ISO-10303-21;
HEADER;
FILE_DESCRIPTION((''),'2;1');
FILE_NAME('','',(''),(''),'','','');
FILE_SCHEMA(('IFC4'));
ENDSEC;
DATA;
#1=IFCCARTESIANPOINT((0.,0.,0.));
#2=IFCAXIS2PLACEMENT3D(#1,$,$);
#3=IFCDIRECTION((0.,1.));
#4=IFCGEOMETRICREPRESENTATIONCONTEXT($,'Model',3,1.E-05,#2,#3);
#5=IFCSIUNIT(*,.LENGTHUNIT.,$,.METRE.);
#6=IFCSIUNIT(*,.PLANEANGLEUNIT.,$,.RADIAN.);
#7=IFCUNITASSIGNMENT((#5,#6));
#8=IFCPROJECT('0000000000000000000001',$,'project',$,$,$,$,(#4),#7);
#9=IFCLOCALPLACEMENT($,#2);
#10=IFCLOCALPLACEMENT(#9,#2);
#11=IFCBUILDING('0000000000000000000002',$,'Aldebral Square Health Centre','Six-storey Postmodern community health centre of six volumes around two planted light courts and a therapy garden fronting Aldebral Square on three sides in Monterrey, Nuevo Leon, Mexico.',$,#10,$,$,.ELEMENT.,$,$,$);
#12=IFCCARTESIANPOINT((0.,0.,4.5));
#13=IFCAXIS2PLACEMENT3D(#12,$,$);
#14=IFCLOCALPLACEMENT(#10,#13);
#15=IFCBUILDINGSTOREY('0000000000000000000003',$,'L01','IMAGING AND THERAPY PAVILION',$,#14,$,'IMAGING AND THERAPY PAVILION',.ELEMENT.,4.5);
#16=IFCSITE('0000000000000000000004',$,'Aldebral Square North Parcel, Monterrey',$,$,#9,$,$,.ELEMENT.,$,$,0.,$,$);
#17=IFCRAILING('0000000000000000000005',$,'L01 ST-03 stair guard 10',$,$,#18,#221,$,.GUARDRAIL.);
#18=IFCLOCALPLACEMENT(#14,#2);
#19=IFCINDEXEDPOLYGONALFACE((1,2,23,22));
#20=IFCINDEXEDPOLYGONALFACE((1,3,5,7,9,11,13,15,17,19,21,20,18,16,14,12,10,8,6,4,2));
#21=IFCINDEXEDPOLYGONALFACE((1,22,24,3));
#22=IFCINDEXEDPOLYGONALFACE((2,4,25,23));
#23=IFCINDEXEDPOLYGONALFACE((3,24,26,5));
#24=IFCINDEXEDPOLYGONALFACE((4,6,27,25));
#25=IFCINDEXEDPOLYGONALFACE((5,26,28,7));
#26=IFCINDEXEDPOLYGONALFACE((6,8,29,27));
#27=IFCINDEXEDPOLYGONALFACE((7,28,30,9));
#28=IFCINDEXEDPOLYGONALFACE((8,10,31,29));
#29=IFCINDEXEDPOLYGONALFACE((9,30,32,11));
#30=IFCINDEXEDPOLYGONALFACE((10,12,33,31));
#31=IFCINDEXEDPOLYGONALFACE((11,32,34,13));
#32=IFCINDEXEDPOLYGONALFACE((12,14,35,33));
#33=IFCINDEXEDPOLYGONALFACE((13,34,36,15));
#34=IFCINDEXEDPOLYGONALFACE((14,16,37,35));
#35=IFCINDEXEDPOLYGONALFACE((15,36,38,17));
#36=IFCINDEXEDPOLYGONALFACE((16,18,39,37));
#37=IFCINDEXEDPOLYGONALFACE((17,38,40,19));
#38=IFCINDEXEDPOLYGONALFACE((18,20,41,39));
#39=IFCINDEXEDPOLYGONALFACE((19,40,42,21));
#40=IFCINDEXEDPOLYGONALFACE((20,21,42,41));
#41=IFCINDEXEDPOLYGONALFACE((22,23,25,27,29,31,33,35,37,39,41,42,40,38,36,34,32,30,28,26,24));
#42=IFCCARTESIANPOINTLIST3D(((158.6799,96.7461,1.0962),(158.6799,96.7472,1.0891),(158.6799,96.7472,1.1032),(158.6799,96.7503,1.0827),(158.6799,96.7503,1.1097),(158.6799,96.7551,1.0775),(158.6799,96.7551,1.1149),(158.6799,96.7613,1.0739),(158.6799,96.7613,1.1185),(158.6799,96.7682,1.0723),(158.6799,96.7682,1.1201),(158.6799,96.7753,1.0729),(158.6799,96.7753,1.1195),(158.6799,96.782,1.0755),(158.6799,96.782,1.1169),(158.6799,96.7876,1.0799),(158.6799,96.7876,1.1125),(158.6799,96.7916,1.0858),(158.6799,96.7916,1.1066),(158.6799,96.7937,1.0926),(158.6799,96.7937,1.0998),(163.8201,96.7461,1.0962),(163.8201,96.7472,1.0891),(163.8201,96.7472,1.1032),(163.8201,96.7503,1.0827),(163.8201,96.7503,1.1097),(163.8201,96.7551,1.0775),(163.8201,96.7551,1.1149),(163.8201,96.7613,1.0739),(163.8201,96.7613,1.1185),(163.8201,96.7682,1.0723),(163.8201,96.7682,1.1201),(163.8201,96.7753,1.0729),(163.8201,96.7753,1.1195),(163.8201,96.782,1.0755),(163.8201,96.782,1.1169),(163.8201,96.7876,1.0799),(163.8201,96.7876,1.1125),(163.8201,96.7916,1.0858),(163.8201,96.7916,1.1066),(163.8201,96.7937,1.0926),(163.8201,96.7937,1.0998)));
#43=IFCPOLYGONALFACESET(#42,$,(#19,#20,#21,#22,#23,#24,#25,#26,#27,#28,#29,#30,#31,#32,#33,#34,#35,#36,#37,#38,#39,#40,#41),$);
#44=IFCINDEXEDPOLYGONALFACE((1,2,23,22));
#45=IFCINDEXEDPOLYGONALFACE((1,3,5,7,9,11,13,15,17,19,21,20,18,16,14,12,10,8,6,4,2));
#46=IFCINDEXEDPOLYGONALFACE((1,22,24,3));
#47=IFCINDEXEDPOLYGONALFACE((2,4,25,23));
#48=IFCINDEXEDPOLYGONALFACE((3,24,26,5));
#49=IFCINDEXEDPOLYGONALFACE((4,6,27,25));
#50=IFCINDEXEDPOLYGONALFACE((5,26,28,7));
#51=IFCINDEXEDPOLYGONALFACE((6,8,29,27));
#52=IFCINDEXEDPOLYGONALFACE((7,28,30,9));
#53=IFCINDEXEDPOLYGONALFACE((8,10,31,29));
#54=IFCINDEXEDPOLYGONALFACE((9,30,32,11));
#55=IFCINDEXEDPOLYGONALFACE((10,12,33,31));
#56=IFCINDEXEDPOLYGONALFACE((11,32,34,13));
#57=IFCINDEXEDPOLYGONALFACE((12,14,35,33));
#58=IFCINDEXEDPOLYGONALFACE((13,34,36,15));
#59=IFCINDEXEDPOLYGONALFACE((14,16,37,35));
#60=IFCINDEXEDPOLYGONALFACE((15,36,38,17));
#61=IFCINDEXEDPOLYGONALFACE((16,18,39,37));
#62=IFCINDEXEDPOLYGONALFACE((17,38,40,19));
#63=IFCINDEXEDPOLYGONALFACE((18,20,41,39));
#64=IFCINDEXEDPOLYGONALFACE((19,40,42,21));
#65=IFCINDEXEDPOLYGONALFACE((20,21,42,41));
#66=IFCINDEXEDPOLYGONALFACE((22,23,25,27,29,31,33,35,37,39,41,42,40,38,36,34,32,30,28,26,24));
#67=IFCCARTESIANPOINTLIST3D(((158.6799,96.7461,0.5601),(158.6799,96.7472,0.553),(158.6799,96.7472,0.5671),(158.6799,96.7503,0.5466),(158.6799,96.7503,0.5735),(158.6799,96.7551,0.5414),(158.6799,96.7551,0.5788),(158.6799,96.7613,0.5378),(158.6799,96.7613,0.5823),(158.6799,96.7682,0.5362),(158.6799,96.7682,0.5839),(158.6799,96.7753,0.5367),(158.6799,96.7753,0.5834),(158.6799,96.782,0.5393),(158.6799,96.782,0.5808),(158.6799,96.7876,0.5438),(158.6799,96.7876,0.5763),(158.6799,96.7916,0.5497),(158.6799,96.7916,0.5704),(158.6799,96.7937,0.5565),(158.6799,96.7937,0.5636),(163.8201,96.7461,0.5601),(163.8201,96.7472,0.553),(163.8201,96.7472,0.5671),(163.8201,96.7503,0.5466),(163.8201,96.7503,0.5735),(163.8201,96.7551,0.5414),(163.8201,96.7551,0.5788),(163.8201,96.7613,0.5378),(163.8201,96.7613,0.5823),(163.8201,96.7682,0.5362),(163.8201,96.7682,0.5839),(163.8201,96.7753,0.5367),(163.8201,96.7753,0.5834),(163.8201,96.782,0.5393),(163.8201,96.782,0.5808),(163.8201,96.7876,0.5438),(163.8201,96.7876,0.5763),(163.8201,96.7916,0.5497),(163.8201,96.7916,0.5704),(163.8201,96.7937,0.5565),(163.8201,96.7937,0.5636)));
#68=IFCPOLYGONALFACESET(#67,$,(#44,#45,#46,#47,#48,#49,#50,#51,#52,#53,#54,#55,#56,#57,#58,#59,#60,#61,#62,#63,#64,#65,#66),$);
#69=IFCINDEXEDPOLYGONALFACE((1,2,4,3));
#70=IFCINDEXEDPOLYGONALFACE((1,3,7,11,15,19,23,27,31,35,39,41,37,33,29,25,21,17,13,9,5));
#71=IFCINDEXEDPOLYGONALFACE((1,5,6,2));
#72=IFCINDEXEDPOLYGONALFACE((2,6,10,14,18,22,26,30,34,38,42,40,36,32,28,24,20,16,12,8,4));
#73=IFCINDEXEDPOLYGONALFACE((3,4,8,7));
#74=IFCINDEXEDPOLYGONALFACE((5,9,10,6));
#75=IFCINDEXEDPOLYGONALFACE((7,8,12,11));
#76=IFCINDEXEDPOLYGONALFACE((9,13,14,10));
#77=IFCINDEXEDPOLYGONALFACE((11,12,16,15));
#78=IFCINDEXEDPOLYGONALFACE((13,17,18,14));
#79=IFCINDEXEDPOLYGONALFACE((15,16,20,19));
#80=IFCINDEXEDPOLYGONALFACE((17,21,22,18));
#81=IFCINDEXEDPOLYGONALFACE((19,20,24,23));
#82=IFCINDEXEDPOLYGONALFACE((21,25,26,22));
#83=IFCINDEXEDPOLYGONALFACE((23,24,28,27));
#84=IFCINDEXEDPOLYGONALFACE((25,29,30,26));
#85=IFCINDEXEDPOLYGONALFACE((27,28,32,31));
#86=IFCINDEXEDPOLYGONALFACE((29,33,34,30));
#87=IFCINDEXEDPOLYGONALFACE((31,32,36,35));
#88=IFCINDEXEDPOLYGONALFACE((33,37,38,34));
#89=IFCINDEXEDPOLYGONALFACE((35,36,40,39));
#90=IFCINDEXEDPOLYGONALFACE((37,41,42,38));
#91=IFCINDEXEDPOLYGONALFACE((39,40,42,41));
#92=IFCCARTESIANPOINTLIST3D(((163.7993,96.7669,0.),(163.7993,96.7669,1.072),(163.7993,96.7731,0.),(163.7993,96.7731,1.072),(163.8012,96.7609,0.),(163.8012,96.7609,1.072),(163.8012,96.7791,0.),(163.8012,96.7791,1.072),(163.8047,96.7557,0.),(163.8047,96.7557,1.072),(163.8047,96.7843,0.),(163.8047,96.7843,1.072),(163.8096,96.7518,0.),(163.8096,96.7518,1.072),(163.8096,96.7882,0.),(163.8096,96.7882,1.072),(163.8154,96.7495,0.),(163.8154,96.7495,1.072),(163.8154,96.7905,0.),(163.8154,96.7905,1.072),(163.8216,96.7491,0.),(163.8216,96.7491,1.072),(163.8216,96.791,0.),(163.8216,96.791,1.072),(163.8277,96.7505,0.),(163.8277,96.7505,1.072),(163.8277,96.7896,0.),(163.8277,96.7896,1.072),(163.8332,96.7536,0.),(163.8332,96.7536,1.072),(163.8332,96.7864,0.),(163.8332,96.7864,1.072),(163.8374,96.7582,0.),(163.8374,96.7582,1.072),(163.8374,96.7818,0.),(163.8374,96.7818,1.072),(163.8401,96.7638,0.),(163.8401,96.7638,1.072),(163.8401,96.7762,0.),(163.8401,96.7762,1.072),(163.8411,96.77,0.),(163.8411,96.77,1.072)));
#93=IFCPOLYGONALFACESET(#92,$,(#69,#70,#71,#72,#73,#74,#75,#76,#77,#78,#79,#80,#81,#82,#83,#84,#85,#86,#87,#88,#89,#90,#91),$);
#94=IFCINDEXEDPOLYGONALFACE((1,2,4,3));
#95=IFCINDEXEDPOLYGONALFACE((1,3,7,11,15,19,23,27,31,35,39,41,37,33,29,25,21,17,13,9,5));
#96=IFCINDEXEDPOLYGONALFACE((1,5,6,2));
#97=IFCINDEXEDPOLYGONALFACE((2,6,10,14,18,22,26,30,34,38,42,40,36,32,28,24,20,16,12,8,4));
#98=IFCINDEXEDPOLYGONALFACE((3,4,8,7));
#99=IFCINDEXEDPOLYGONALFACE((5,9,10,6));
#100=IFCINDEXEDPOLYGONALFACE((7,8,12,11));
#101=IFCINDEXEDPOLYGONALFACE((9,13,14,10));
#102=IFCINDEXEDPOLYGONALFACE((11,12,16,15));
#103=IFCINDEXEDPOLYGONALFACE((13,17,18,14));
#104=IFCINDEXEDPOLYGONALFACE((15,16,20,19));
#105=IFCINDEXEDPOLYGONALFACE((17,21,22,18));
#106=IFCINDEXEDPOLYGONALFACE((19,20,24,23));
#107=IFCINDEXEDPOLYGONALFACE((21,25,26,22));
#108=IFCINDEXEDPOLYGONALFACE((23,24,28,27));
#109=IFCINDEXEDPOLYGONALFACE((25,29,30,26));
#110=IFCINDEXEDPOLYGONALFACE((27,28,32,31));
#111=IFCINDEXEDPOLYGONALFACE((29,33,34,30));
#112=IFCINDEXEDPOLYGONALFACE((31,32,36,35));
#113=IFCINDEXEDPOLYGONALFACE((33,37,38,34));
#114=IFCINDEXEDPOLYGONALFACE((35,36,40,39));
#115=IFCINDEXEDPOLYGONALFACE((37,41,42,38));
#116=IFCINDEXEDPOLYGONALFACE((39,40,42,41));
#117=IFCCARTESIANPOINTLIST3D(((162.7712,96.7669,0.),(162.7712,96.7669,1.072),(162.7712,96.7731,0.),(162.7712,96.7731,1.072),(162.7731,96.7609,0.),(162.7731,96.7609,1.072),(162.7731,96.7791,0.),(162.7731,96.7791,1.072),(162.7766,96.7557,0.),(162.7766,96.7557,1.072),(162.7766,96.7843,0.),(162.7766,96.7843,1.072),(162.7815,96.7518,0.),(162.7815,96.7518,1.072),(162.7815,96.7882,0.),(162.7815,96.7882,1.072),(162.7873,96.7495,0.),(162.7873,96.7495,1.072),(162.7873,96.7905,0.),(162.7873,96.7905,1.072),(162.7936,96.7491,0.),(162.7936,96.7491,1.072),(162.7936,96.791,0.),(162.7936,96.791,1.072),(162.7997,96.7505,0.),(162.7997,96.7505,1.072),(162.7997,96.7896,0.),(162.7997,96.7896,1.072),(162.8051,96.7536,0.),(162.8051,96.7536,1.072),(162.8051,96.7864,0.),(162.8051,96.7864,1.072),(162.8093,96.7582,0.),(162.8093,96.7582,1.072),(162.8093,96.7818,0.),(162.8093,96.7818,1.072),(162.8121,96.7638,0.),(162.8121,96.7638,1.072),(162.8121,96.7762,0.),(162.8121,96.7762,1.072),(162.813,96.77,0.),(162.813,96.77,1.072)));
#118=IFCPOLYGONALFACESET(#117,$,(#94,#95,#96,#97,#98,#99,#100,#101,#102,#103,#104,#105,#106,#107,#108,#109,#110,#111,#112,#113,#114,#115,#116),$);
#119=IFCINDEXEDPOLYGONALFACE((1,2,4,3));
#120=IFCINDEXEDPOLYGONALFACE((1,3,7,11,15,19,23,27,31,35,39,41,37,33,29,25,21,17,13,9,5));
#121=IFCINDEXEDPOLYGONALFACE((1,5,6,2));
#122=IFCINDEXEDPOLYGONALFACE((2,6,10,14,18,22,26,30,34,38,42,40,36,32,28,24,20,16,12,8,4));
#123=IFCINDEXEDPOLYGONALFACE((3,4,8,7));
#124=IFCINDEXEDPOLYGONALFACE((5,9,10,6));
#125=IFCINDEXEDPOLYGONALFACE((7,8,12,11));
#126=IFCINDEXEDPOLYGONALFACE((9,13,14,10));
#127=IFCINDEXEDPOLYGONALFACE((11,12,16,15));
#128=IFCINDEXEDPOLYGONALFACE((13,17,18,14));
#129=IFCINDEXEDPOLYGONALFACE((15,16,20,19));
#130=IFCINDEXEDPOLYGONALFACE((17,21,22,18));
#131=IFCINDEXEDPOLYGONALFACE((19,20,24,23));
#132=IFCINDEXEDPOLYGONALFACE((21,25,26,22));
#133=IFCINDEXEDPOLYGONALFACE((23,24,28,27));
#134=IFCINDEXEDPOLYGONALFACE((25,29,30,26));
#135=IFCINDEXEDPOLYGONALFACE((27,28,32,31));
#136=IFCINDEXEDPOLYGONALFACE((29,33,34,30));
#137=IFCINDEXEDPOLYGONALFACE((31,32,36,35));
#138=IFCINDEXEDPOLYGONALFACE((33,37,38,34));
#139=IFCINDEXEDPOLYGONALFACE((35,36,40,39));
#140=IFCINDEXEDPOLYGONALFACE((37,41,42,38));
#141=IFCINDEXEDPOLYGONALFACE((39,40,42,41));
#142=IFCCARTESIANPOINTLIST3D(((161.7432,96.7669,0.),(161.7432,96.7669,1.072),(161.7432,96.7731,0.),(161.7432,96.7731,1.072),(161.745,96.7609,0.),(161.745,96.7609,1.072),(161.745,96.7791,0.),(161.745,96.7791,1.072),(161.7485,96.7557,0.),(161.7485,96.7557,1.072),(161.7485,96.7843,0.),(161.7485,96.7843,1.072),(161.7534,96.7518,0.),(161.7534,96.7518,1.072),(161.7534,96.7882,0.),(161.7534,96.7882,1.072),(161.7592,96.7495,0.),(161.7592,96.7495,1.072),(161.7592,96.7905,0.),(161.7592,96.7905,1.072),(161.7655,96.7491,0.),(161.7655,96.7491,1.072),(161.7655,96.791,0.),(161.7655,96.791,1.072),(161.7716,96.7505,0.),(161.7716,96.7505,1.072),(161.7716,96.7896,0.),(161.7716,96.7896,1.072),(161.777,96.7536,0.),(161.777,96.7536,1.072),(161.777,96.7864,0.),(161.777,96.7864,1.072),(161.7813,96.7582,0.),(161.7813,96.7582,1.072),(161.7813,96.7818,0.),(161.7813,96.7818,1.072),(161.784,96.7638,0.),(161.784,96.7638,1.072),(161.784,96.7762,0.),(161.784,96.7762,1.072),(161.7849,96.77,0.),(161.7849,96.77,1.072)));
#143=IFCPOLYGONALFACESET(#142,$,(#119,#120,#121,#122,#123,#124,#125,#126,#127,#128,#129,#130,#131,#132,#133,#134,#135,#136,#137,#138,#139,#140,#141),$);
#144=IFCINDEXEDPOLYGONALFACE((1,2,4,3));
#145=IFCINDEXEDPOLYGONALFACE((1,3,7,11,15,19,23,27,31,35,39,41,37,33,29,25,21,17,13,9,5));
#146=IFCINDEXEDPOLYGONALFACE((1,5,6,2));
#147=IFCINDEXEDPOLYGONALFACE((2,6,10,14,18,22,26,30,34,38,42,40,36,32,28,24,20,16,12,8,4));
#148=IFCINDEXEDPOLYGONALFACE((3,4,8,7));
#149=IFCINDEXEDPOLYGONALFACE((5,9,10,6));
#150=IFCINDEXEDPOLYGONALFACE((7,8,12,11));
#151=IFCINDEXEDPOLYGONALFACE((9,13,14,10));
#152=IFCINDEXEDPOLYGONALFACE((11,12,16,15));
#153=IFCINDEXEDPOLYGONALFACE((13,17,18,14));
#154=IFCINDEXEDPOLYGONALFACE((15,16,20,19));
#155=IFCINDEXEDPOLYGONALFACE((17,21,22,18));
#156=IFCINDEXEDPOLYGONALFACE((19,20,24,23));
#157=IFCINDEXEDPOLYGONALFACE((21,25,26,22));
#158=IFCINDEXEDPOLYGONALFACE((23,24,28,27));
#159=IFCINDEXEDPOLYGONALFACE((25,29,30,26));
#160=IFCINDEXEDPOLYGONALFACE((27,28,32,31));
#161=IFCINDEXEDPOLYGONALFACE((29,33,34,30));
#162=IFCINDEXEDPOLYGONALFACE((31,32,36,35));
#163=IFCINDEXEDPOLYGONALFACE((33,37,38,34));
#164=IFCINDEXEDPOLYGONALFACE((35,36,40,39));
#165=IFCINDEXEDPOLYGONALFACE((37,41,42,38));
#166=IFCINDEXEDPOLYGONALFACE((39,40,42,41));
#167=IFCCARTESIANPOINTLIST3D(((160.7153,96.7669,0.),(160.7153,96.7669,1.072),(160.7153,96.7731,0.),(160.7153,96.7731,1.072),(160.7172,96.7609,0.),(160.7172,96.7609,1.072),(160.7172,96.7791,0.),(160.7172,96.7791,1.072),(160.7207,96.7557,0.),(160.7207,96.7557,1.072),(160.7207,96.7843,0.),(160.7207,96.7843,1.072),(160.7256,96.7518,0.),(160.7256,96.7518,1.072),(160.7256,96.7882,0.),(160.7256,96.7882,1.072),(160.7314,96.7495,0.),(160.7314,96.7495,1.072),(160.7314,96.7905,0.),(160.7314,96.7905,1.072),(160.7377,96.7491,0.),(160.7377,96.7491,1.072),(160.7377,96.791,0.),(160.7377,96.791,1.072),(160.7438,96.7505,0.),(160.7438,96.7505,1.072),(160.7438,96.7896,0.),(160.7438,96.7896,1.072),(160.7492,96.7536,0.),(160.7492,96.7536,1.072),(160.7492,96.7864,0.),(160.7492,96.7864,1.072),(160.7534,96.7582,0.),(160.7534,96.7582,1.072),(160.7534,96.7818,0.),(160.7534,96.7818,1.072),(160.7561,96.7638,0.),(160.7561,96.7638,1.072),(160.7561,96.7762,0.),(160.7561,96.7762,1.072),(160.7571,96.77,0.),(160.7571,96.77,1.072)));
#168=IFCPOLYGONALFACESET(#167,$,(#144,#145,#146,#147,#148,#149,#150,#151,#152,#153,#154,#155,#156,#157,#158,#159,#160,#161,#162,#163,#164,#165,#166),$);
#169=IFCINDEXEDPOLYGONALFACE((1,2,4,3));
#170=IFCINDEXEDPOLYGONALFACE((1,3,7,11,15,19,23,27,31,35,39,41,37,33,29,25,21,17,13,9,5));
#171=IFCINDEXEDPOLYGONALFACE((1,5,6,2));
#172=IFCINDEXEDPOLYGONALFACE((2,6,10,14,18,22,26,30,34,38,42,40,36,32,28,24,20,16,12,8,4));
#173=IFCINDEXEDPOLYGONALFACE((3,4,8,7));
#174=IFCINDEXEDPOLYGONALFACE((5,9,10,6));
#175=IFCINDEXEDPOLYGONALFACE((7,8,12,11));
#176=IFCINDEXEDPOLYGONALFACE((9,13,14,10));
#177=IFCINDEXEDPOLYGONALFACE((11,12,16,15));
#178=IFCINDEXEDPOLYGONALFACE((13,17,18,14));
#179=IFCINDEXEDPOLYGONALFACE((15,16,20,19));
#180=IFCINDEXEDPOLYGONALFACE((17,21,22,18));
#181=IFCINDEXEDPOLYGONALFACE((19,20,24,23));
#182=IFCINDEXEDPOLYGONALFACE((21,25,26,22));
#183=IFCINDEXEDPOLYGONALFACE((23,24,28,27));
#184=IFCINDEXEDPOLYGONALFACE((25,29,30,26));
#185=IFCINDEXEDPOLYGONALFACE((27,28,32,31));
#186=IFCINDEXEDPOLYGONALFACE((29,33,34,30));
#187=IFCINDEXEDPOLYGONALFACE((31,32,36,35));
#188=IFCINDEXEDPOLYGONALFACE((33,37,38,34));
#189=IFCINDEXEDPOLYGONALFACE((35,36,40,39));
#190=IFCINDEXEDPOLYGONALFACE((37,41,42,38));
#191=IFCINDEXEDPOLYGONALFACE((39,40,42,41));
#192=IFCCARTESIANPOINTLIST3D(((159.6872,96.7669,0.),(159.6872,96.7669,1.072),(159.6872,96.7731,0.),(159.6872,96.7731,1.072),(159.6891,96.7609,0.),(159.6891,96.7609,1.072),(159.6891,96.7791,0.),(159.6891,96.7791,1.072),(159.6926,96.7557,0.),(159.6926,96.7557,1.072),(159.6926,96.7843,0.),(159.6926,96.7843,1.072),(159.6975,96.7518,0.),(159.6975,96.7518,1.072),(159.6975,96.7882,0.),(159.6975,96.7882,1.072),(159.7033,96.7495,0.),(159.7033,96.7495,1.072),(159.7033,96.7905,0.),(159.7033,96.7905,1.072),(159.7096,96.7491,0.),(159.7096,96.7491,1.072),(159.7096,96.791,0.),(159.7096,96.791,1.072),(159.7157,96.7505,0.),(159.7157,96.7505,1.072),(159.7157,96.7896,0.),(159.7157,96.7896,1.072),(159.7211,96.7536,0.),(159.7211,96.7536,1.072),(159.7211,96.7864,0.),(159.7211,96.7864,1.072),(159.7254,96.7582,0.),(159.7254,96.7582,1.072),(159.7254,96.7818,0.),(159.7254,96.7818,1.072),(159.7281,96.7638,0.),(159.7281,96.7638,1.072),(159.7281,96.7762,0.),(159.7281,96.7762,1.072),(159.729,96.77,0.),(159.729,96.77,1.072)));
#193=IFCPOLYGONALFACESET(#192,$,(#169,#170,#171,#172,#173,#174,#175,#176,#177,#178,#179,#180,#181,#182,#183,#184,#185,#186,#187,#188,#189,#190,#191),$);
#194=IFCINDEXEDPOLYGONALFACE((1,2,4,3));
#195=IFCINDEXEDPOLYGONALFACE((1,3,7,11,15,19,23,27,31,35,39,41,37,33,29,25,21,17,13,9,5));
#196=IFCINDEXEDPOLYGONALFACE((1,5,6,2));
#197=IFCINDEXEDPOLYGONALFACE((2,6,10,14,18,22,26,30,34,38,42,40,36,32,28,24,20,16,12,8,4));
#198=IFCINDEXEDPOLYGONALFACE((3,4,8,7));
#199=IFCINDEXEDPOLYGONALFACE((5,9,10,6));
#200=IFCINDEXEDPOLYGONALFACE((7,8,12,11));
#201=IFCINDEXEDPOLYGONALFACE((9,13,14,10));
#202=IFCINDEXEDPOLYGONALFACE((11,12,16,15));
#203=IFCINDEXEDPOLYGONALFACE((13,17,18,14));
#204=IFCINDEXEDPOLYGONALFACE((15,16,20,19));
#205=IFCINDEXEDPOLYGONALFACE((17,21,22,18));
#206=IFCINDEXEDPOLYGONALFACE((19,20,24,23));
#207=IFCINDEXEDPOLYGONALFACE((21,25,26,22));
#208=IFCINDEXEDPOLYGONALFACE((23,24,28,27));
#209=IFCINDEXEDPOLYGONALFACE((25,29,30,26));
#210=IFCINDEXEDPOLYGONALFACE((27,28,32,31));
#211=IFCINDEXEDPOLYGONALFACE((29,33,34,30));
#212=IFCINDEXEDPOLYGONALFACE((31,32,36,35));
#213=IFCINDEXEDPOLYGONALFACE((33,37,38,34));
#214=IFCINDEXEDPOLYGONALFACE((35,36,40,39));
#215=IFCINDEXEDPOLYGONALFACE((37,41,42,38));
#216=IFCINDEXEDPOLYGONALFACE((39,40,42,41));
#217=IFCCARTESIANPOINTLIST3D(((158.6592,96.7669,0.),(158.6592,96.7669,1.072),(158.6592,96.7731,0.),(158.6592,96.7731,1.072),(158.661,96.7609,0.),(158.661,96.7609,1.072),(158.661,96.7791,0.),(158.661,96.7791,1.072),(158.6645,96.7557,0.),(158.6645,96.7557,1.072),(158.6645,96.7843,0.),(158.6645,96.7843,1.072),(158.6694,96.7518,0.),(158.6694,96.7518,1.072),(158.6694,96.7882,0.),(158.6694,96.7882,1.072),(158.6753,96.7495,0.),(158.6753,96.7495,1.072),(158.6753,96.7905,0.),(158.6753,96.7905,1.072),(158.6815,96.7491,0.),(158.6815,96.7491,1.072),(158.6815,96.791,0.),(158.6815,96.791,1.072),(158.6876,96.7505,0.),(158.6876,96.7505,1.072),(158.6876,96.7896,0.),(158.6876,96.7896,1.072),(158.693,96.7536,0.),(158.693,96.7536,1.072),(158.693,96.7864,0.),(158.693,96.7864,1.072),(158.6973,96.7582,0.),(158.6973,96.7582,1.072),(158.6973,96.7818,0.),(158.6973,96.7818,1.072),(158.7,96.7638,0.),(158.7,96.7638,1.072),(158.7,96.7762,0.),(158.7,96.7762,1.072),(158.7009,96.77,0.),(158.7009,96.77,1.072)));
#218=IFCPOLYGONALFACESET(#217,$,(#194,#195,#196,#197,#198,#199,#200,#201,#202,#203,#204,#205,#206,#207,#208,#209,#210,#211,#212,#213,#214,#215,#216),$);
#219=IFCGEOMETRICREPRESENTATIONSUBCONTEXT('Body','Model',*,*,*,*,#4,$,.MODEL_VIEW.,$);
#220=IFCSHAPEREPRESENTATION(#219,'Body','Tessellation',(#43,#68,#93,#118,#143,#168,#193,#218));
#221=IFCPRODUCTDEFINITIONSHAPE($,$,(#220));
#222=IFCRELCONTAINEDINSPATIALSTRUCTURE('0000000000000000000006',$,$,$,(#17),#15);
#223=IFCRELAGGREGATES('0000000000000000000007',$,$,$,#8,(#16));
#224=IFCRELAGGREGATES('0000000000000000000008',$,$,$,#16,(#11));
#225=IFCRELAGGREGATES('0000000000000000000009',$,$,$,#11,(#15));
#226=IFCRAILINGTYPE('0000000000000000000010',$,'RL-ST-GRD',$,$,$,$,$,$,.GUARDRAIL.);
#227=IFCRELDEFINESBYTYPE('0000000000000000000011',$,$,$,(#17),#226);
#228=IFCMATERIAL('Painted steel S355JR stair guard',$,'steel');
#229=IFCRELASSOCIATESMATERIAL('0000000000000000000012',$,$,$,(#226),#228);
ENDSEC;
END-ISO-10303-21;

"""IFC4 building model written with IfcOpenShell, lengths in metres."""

from ifc_helpers import new_model, si_unit, direction, frame, origin, origin_2d, place, context, subcontext, project, spatial, circle, extrude, material, type_object, element, save


model = new_model("IFC4")

# Units and contexts
model_context = context("Model", 3, precision=1e-05, world=origin(), true_north=direction((0.0, 1.0)))
body_context = subcontext(model_context, "Body", "Model", "MODEL_VIEW")
ifc_project = project(units=[si_unit("LENGTHUNIT", "METRE"), si_unit("PLANEANGLEUNIT", "RADIAN")], contexts=[model_context])

# Site, building, storey
site_placement = place(None, origin())
site = spatial("IfcSite", under=ifc_project, at=site_placement, Name="Aldebral Square North Parcel, Monterrey", CompositionType="ELEMENT", RefElevation=0.0)
building_placement = place(site_placement, origin())
building = spatial("IfcBuilding", under=site, at=building_placement, Name="Aldebral Square Health Centre", Description="Six-storey Postmodern community health centre of six volumes around two planted light courts and a therapy garden fronting Aldebral Square on three sides in Monterrey, Nuevo Leon, Mexico.", CompositionType="ELEMENT")
storey_placement = place(building_placement, frame((0.0, 0.0, 4.5)))
storey = spatial("IfcBuildingStorey", under=building, at=storey_placement, Name="L01", Description="IMAGING AND THERAPY PAVILION", LongName="IMAGING AND THERAPY PAVILION", CompositionType="ELEMENT", Elevation=4.5)

# Railing
ifc_material_1 = material(Name="Painted steel S355JR stair guard", Category="steel")
railing_type_1 = type_object("IfcRailingType", Name="RL-ST-GRD", PredefinedType="GUARDRAIL", material=ifc_material_1)
railing_1_placement = place(storey_placement, frame((163.8201, 96.77, 0.0)))
element("IfcRailing", 1, at=railing_1_placement, inside=storey, type_object=railing_type_1, Name="L01 ST-03 stair guard 10", PredefinedType="GUARDRAIL", context=body_context, shape_type="SweptSolid", body=[
    extrude(circle(Radius=0.0239, at=origin_2d()), frame((0.0, 0.0, 1.0962), z_axis=(-1.0, 0.0, 0.0), x_axis=(0.0, -1.0, 0.0)), (0.0, 0.0, 1.0), 5.1401),
    extrude(circle(Radius=0.0239, at=origin_2d()), frame((0.0, 0.0, 0.5601), z_axis=(-1.0, 0.0, 0.0), x_axis=(0.0, -1.0, 0.0)), (0.0, 0.0, 1.0), 5.1401),
    extrude(circle(Radius=0.021, at=origin_2d()), origin(), (0.0, 0.0, 1.0), 1.072),
    extrude(circle(Radius=0.021, at=origin_2d()), frame((-1.0281, 0.0, 0.0)), (0.0, 0.0, 1.0), 1.072),
    extrude(circle(Radius=0.021, at=origin_2d()), frame((-2.0562, 0.0, 0.0)), (0.0, 0.0, 1.0), 1.072),
    extrude(circle(Radius=0.021, at=origin_2d()), frame((-3.084, 0.0, 0.0)), (0.0, 0.0, 1.0), 1.072),
    extrude(circle(Radius=0.021, at=origin_2d()), frame((-4.1121, 0.0, 0.0)), (0.0, 0.0, 1.0), 1.072),
    extrude(circle(Radius=0.021, at=origin_2d()), frame((-5.1401, 0.0, 0.0)), (0.0, 0.0, 1.0), 1.072),
])

save(model, "model.ifc")
